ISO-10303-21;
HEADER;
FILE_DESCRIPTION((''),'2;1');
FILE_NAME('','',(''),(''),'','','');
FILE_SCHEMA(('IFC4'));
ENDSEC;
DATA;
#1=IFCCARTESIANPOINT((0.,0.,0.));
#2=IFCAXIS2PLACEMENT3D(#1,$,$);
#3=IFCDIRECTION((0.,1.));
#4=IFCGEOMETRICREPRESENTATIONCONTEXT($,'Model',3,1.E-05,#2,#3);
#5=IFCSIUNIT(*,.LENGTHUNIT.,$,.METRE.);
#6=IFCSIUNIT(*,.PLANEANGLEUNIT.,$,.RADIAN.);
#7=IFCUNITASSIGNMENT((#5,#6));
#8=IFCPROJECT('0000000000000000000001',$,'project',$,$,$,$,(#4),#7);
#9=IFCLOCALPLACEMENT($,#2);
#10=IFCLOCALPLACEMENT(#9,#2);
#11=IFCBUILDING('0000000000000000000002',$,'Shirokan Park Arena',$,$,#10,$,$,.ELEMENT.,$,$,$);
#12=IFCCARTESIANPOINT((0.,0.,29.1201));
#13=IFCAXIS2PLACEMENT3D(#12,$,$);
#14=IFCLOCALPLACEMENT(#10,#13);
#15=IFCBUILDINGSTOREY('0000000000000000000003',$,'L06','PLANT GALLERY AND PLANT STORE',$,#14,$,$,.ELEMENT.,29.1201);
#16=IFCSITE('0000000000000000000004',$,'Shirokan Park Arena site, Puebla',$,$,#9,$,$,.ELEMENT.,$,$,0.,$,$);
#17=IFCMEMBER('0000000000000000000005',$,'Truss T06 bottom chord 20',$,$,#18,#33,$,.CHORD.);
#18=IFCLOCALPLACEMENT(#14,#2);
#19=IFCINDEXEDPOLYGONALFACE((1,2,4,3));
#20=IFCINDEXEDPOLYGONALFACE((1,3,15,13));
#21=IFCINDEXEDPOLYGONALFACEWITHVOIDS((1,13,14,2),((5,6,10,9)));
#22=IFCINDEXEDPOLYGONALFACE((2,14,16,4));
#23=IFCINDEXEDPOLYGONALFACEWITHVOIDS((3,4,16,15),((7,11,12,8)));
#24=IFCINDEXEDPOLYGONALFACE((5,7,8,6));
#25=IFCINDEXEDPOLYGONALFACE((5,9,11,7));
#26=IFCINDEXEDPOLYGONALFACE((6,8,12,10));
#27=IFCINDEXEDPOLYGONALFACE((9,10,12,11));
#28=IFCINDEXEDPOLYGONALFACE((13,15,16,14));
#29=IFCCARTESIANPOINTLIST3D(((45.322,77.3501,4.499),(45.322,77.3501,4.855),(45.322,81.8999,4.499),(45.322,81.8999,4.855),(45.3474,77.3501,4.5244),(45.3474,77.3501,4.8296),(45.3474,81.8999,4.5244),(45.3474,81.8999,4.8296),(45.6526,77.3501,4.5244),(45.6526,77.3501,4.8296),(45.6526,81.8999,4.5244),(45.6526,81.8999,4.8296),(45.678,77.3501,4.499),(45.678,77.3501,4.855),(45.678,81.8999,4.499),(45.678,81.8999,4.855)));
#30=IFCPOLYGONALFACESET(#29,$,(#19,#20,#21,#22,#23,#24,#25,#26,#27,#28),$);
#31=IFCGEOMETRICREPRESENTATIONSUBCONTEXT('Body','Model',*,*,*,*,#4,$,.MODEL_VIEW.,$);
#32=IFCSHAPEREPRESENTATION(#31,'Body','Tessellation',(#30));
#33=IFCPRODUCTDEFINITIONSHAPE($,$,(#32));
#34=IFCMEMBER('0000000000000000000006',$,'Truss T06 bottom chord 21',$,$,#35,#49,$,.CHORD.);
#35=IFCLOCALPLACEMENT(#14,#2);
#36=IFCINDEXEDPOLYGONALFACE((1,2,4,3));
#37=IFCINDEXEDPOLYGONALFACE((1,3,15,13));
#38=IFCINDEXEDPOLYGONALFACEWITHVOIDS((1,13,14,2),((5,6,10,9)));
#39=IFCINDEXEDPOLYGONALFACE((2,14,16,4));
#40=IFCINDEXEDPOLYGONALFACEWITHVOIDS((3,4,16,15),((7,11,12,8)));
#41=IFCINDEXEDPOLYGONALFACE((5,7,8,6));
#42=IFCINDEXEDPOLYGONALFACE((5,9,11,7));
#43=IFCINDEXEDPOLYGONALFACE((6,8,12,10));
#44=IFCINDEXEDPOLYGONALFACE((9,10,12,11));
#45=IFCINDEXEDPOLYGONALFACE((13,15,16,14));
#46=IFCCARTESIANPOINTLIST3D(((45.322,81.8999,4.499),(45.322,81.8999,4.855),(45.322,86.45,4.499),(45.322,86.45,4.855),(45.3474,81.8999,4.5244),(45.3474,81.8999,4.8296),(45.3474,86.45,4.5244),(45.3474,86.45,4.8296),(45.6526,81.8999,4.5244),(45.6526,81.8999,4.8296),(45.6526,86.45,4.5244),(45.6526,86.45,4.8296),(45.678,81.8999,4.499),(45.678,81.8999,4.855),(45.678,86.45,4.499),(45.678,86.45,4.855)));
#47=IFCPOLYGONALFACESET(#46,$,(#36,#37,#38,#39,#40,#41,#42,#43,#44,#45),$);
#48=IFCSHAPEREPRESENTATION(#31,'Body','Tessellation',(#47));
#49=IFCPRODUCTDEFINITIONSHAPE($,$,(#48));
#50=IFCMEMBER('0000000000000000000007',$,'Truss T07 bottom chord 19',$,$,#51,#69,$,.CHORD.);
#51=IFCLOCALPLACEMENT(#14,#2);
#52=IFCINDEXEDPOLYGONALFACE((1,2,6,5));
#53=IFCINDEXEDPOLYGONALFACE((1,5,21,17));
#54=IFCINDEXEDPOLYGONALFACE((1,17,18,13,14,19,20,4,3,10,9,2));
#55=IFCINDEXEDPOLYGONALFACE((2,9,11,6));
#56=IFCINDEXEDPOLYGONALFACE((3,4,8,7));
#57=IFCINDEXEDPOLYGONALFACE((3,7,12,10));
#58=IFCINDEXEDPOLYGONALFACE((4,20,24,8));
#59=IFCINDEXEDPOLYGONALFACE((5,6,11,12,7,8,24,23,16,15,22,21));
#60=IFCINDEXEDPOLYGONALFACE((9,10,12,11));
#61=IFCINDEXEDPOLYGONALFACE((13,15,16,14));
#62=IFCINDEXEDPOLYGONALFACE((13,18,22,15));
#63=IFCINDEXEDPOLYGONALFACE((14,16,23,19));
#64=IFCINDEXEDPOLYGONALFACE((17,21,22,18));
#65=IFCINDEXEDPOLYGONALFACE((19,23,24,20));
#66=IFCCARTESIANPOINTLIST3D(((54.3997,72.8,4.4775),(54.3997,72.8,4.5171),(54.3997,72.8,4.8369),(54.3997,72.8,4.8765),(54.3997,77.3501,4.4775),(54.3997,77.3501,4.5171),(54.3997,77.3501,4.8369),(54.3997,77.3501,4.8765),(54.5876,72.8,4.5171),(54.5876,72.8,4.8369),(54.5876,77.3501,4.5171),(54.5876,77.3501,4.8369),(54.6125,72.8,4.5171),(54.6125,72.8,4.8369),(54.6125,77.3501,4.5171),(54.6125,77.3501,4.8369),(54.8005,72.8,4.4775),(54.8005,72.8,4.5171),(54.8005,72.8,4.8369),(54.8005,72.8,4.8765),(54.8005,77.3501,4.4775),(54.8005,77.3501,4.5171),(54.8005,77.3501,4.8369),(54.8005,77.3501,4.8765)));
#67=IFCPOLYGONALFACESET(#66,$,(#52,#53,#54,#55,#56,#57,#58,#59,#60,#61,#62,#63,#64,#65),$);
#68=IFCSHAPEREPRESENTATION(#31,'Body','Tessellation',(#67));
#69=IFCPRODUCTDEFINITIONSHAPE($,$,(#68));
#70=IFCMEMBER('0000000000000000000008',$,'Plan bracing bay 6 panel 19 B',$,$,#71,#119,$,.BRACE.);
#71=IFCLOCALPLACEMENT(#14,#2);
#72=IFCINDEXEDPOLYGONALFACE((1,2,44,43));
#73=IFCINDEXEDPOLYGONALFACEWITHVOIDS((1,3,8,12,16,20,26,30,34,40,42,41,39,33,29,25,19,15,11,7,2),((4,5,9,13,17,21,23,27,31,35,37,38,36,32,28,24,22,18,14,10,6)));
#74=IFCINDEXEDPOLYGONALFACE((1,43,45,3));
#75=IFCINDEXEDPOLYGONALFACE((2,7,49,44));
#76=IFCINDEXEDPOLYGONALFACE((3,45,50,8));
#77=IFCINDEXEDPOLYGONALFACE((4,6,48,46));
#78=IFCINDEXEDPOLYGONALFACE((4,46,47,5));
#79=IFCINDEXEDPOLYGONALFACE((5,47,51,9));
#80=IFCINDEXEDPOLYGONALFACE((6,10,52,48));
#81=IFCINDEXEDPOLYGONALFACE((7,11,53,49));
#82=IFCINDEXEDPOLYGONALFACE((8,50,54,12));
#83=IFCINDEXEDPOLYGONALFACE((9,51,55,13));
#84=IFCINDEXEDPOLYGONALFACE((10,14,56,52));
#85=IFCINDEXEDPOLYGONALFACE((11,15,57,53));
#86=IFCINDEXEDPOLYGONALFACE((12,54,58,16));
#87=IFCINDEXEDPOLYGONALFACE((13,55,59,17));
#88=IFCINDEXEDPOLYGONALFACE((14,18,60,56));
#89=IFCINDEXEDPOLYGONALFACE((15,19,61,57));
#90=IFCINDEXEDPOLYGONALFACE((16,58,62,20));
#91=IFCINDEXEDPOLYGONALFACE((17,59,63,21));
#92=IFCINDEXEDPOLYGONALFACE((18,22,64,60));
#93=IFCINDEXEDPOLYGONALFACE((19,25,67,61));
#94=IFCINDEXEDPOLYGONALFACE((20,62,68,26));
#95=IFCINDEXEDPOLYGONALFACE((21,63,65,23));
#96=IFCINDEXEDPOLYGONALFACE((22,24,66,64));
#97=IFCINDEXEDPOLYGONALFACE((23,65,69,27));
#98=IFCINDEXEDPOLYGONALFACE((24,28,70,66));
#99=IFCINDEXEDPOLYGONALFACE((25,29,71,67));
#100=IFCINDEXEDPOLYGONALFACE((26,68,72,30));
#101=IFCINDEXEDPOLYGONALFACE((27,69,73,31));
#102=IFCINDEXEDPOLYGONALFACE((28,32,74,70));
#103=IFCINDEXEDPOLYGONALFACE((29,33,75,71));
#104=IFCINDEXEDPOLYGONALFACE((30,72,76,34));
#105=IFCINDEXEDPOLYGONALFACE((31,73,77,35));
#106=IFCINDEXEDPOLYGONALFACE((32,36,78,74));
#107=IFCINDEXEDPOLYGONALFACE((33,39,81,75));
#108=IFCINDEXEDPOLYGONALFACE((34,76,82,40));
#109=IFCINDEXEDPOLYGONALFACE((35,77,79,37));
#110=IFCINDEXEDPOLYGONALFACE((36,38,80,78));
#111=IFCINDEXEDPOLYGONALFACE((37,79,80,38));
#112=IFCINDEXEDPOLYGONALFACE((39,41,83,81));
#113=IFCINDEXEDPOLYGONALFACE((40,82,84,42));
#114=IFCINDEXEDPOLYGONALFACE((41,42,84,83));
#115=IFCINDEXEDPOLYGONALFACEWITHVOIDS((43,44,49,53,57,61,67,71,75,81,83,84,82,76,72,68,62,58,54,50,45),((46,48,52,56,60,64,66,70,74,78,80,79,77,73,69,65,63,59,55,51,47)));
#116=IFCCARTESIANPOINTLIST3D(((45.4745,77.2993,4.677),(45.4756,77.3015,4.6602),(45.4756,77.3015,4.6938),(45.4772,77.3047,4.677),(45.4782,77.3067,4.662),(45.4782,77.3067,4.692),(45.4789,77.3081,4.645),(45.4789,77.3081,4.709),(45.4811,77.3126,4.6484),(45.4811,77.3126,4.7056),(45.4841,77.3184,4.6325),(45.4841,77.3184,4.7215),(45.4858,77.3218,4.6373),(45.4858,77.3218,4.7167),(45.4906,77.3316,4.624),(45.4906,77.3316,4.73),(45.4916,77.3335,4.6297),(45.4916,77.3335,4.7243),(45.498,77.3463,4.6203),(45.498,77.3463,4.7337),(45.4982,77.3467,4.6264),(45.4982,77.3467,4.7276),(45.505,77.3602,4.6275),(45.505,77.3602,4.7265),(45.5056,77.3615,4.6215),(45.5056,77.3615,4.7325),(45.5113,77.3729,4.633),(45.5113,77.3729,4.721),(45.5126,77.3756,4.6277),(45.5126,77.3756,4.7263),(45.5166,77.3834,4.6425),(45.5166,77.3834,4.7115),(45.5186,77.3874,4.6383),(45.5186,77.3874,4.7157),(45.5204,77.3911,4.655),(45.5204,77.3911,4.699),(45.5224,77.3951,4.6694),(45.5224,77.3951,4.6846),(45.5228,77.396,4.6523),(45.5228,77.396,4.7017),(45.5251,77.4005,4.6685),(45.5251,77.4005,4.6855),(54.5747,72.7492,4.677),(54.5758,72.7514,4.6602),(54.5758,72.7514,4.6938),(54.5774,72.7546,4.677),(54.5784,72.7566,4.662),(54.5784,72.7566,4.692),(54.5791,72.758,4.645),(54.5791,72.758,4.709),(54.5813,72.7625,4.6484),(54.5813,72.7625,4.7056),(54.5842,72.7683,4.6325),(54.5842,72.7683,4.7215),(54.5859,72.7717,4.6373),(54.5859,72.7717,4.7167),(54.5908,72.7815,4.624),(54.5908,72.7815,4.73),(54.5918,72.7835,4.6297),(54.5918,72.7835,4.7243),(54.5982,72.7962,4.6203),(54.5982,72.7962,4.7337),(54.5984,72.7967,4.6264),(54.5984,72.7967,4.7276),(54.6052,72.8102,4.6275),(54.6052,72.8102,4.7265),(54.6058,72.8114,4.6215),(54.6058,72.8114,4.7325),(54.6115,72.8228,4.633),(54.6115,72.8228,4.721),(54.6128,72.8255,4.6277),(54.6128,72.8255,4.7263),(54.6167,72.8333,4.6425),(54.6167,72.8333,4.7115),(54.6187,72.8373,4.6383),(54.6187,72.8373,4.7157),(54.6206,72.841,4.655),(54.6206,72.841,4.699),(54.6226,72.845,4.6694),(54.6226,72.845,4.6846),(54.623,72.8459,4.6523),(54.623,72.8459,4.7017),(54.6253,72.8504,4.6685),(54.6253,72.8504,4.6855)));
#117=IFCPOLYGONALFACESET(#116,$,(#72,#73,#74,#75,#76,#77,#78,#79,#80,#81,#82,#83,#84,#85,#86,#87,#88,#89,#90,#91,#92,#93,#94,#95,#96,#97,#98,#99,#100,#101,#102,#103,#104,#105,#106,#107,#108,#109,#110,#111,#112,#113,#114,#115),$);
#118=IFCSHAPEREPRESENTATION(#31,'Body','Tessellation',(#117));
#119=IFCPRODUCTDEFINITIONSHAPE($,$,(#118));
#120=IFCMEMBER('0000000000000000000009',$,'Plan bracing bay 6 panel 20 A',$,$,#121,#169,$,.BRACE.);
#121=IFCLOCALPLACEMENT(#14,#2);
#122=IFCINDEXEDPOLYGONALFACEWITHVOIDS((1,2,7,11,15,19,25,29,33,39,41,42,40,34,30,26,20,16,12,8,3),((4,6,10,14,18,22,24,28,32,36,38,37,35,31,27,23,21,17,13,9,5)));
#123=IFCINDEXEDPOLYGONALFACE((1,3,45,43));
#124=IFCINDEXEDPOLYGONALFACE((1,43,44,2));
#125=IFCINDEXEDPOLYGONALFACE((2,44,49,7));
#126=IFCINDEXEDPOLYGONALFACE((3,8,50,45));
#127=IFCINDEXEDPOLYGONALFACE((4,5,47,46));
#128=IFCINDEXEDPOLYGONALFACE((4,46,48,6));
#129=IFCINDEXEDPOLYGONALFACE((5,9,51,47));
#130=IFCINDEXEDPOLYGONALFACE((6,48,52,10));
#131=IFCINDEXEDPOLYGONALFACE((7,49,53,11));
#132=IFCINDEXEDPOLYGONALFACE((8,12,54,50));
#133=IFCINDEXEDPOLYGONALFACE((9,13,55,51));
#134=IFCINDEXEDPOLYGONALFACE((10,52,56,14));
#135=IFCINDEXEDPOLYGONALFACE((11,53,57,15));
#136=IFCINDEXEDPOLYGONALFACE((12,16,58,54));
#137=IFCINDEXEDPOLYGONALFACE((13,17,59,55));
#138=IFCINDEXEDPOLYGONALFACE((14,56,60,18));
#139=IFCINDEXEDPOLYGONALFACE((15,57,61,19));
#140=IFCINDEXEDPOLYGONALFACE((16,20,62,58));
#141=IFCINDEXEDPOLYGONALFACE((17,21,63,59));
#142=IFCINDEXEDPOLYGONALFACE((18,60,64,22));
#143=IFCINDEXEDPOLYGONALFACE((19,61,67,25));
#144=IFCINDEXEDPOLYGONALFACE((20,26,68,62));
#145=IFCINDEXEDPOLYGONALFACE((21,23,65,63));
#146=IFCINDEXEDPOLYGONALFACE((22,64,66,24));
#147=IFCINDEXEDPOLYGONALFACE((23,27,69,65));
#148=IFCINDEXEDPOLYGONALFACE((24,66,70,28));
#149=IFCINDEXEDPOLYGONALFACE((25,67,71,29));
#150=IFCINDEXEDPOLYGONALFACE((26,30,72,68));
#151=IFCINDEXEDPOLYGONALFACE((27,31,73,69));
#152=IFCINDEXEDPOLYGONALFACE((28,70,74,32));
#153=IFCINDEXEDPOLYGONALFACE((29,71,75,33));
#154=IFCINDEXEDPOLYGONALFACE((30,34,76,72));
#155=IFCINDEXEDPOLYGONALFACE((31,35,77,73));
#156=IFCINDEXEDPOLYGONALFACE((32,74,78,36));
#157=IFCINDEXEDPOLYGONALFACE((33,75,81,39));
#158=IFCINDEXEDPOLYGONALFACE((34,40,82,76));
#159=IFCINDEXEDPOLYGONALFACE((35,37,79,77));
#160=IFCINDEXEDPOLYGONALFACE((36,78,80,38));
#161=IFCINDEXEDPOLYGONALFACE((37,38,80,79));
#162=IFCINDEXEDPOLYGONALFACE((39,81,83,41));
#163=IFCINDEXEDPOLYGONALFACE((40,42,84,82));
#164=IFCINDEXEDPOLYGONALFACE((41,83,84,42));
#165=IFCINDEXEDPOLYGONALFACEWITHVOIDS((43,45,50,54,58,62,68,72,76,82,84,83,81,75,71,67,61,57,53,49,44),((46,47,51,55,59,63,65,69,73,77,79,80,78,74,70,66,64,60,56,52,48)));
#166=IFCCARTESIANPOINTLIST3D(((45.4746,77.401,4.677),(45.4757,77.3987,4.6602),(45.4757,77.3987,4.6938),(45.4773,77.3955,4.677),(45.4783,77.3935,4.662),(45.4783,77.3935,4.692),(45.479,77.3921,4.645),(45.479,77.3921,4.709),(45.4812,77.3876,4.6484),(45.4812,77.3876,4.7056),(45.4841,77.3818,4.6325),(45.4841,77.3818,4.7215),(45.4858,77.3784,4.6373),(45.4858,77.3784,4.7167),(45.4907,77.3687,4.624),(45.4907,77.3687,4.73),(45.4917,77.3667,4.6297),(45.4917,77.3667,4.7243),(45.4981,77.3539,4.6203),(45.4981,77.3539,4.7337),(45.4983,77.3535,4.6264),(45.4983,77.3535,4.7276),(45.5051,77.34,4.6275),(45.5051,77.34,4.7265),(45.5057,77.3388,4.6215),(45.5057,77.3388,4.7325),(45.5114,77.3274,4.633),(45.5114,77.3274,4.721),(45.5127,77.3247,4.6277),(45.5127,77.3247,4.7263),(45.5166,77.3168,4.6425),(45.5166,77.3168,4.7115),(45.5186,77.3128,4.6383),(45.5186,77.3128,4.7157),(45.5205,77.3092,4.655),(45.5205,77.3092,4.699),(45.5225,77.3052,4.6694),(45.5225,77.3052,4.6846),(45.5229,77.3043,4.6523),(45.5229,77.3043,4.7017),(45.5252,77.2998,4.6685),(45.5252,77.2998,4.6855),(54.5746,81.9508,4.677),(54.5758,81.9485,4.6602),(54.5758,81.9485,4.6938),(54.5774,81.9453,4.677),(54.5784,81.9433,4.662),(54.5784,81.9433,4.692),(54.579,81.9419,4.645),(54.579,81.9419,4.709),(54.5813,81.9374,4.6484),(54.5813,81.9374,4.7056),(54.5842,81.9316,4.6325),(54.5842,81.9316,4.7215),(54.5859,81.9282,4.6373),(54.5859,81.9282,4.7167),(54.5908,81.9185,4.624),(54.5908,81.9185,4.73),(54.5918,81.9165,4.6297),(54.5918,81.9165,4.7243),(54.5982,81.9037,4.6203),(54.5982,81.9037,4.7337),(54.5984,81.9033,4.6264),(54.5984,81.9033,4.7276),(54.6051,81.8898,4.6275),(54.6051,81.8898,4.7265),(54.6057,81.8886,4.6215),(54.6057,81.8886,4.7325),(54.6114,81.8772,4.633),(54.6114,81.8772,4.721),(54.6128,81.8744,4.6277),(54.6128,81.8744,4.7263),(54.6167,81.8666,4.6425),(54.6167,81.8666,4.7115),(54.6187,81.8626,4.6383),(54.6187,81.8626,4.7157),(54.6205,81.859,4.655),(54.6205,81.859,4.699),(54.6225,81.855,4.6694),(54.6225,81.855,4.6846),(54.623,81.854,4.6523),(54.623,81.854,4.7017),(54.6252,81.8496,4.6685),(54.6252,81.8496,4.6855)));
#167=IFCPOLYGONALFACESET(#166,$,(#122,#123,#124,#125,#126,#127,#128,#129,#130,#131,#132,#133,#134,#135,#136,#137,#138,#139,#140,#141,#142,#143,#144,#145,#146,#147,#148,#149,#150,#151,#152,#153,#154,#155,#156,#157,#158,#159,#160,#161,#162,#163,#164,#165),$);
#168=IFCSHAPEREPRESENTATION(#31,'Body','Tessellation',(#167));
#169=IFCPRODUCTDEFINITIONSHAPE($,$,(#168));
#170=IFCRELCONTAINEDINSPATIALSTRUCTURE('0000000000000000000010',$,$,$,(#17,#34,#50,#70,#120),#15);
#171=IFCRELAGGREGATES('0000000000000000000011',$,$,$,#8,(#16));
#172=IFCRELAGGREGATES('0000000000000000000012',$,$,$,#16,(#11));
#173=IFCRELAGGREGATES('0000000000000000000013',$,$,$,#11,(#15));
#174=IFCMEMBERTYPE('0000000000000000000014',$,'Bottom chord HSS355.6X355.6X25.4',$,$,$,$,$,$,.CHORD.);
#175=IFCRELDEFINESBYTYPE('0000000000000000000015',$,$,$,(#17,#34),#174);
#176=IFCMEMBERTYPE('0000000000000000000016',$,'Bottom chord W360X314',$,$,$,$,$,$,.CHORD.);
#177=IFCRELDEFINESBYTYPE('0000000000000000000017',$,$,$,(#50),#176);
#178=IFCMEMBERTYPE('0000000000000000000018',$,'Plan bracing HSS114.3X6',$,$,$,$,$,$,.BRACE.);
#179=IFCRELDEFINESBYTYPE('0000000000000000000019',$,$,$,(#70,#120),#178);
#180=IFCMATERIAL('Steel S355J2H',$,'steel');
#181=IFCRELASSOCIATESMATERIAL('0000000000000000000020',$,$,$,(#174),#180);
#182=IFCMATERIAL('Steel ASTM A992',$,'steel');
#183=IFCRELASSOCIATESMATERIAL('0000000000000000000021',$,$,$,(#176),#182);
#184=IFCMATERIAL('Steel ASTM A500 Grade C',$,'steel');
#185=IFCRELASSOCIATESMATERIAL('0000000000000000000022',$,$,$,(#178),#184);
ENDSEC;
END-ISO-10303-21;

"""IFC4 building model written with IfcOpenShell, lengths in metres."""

from ifc_helpers import new_model, si_unit, direction, frame, origin, origin_2d, place, context, subcontext, project, spatial, hollow_rectangle, hollow_circle, i_section, extrude, material, material_profile, profile_set, type_object, element, save


model = new_model("IFC4")

# Units and contexts
model_context = context("Model", 3, precision=1e-05, world=origin(), true_north=direction((0.0, 1.0)))
body_context = subcontext(model_context, "Body", "Model", "MODEL_VIEW")
ifc_project = project(units=[si_unit("LENGTHUNIT", "METRE"), si_unit("PLANEANGLEUNIT", "RADIAN")], contexts=[model_context])

# Site, building, storey
site_placement = place(None, origin())
site = spatial("IfcSite", under=ifc_project, at=site_placement, Name="Shirokan Park Arena site, Puebla", CompositionType="ELEMENT", RefElevation=0.0)
building_placement = place(site_placement, origin())
building = spatial("IfcBuilding", under=site, at=building_placement, Name="Shirokan Park Arena", CompositionType="ELEMENT")
storey_placement = place(building_placement, frame((0.0, 0.0, 29.1201)))
storey = spatial("IfcBuildingStorey", under=building, at=storey_placement, Name="L06", Description="PLANT GALLERY AND PLANT STORE", CompositionType="ELEMENT", Elevation=29.1201)

# Members
ifc_material_1 = material(Name="Steel S355J2H", Category="steel")
ifc_material_profile_1 = material_profile(ifc_material_1, hollow_rectangle(XDim=0.356, YDim=0.356, WallThickness=0.0254, at=origin_2d()), Name="HSS355.6X355.6X25.4")
ifc_profile_set_1 = profile_set([ifc_material_profile_1], Name="Steel S355J2H")
member_type_1 = type_object("IfcMemberType", Name="Bottom chord HSS355.6X355.6X25.4", PredefinedType="CHORD", material=ifc_profile_set_1)
member_1_placement = place(storey_placement, frame((45.5, 77.3501, 4.677), z_axis=(0.0, 1.0, 0.0), x_axis=(-1.0, 0.0, 0.0)))
element("IfcMember", 1, at=member_1_placement, inside=storey, type_object=member_type_1, Name="Truss T06 bottom chord 20", PredefinedType="CHORD", context=body_context, shape_type="SweptSolid", body=[
    extrude(hollow_rectangle(XDim=0.356, YDim=0.356, WallThickness=0.0254, at=origin_2d()), origin(), (0.0, 0.0, 1.0), 4.5498),
])
member_2_placement = place(storey_placement, frame((45.5, 81.8999, 4.677), z_axis=(0.0, 1.0, 0.0), x_axis=(-1.0, 0.0, 0.0)))
element("IfcMember", 2, at=member_2_placement, inside=storey, type_object=member_type_1, Name="Truss T06 bottom chord 21", PredefinedType="CHORD", context=body_context, shape_type="SweptSolid", body=[
    extrude(hollow_rectangle(XDim=0.356, YDim=0.356, WallThickness=0.0254, at=origin_2d()), origin(), (0.0, 0.0, 1.0), 4.55),
])
ifc_material_2 = material(Name="Steel ASTM A992", Category="steel")
ifc_material_profile_2 = material_profile(ifc_material_2, i_section(OverallWidth=0.4009, OverallDepth=0.3989, WebThickness=0.0249, FlangeThickness=0.0396, at=origin_2d()), Name="W360X314")
ifc_profile_set_2 = profile_set([ifc_material_profile_2], Name="Steel ASTM A992")
member_type_2 = type_object("IfcMemberType", Name="Bottom chord W360X314", PredefinedType="CHORD", material=ifc_profile_set_2)
member_3_placement = place(storey_placement, frame((54.6001, 72.8, 4.677), z_axis=(0.0, 1.0, 0.0), x_axis=(-1.0, 0.0, 0.0)))
element("IfcMember", 3, at=member_3_placement, inside=storey, type_object=member_type_2, Name="Truss T07 bottom chord 19", PredefinedType="CHORD", context=body_context, shape_type="SweptSolid", body=[
    extrude(i_section(OverallWidth=0.4009, OverallDepth=0.3989, WebThickness=0.0249, FlangeThickness=0.0396, at=origin_2d()), origin(), (0.0, 0.0, 1.0), 4.55),
])
ifc_material_3 = material(Name="Steel ASTM A500 Grade C", Category="steel")
ifc_material_profile_3 = material_profile(ifc_material_3, hollow_circle(Radius=0.0569, WallThickness=0.0061, at=origin_2d()), Name="HSS114.3X6")
ifc_profile_set_3 = profile_set([ifc_material_profile_3], Name="Steel ASTM A500 Grade C")
member_type_3 = type_object("IfcMemberType", Name="Plan bracing HSS114.3X6", PredefinedType="BRACE", material=ifc_profile_set_3)
member_4_placement = place(storey_placement, frame((54.6001, 72.8, 4.677), z_axis=(-0.894427, 0.447214, 0.0), x_axis=(-0.447214, -0.894427, 0.0)))
element("IfcMember", 4, at=member_4_placement, inside=storey, type_object=member_type_3, Name="Plan bracing bay 6 panel 19 B", PredefinedType="BRACE", context=body_context, shape_type="SweptSolid", body=[
    extrude(hollow_circle(Radius=0.0569, WallThickness=0.0061, at=origin_2d()), origin(), (0.0, 0.0, 1.0), 10.1743),
])
member_5_placement = place(storey_placement, frame((45.5, 77.3501, 4.677), z_axis=(0.894437, 0.447194, 0.0), x_axis=(-0.447194, 0.894437, 0.0)))
element("IfcMember", 5, at=member_5_placement, inside=storey, type_object=member_type_3, Name="Plan bracing bay 6 panel 20 A", PredefinedType="BRACE", context=body_context, shape_type="SweptSolid", body=[
    extrude(hollow_circle(Radius=0.0569, WallThickness=0.0061, at=origin_2d()), origin(), (0.0, 0.0, 1.0), 10.1741),
])

save(model, "model.ifc")
